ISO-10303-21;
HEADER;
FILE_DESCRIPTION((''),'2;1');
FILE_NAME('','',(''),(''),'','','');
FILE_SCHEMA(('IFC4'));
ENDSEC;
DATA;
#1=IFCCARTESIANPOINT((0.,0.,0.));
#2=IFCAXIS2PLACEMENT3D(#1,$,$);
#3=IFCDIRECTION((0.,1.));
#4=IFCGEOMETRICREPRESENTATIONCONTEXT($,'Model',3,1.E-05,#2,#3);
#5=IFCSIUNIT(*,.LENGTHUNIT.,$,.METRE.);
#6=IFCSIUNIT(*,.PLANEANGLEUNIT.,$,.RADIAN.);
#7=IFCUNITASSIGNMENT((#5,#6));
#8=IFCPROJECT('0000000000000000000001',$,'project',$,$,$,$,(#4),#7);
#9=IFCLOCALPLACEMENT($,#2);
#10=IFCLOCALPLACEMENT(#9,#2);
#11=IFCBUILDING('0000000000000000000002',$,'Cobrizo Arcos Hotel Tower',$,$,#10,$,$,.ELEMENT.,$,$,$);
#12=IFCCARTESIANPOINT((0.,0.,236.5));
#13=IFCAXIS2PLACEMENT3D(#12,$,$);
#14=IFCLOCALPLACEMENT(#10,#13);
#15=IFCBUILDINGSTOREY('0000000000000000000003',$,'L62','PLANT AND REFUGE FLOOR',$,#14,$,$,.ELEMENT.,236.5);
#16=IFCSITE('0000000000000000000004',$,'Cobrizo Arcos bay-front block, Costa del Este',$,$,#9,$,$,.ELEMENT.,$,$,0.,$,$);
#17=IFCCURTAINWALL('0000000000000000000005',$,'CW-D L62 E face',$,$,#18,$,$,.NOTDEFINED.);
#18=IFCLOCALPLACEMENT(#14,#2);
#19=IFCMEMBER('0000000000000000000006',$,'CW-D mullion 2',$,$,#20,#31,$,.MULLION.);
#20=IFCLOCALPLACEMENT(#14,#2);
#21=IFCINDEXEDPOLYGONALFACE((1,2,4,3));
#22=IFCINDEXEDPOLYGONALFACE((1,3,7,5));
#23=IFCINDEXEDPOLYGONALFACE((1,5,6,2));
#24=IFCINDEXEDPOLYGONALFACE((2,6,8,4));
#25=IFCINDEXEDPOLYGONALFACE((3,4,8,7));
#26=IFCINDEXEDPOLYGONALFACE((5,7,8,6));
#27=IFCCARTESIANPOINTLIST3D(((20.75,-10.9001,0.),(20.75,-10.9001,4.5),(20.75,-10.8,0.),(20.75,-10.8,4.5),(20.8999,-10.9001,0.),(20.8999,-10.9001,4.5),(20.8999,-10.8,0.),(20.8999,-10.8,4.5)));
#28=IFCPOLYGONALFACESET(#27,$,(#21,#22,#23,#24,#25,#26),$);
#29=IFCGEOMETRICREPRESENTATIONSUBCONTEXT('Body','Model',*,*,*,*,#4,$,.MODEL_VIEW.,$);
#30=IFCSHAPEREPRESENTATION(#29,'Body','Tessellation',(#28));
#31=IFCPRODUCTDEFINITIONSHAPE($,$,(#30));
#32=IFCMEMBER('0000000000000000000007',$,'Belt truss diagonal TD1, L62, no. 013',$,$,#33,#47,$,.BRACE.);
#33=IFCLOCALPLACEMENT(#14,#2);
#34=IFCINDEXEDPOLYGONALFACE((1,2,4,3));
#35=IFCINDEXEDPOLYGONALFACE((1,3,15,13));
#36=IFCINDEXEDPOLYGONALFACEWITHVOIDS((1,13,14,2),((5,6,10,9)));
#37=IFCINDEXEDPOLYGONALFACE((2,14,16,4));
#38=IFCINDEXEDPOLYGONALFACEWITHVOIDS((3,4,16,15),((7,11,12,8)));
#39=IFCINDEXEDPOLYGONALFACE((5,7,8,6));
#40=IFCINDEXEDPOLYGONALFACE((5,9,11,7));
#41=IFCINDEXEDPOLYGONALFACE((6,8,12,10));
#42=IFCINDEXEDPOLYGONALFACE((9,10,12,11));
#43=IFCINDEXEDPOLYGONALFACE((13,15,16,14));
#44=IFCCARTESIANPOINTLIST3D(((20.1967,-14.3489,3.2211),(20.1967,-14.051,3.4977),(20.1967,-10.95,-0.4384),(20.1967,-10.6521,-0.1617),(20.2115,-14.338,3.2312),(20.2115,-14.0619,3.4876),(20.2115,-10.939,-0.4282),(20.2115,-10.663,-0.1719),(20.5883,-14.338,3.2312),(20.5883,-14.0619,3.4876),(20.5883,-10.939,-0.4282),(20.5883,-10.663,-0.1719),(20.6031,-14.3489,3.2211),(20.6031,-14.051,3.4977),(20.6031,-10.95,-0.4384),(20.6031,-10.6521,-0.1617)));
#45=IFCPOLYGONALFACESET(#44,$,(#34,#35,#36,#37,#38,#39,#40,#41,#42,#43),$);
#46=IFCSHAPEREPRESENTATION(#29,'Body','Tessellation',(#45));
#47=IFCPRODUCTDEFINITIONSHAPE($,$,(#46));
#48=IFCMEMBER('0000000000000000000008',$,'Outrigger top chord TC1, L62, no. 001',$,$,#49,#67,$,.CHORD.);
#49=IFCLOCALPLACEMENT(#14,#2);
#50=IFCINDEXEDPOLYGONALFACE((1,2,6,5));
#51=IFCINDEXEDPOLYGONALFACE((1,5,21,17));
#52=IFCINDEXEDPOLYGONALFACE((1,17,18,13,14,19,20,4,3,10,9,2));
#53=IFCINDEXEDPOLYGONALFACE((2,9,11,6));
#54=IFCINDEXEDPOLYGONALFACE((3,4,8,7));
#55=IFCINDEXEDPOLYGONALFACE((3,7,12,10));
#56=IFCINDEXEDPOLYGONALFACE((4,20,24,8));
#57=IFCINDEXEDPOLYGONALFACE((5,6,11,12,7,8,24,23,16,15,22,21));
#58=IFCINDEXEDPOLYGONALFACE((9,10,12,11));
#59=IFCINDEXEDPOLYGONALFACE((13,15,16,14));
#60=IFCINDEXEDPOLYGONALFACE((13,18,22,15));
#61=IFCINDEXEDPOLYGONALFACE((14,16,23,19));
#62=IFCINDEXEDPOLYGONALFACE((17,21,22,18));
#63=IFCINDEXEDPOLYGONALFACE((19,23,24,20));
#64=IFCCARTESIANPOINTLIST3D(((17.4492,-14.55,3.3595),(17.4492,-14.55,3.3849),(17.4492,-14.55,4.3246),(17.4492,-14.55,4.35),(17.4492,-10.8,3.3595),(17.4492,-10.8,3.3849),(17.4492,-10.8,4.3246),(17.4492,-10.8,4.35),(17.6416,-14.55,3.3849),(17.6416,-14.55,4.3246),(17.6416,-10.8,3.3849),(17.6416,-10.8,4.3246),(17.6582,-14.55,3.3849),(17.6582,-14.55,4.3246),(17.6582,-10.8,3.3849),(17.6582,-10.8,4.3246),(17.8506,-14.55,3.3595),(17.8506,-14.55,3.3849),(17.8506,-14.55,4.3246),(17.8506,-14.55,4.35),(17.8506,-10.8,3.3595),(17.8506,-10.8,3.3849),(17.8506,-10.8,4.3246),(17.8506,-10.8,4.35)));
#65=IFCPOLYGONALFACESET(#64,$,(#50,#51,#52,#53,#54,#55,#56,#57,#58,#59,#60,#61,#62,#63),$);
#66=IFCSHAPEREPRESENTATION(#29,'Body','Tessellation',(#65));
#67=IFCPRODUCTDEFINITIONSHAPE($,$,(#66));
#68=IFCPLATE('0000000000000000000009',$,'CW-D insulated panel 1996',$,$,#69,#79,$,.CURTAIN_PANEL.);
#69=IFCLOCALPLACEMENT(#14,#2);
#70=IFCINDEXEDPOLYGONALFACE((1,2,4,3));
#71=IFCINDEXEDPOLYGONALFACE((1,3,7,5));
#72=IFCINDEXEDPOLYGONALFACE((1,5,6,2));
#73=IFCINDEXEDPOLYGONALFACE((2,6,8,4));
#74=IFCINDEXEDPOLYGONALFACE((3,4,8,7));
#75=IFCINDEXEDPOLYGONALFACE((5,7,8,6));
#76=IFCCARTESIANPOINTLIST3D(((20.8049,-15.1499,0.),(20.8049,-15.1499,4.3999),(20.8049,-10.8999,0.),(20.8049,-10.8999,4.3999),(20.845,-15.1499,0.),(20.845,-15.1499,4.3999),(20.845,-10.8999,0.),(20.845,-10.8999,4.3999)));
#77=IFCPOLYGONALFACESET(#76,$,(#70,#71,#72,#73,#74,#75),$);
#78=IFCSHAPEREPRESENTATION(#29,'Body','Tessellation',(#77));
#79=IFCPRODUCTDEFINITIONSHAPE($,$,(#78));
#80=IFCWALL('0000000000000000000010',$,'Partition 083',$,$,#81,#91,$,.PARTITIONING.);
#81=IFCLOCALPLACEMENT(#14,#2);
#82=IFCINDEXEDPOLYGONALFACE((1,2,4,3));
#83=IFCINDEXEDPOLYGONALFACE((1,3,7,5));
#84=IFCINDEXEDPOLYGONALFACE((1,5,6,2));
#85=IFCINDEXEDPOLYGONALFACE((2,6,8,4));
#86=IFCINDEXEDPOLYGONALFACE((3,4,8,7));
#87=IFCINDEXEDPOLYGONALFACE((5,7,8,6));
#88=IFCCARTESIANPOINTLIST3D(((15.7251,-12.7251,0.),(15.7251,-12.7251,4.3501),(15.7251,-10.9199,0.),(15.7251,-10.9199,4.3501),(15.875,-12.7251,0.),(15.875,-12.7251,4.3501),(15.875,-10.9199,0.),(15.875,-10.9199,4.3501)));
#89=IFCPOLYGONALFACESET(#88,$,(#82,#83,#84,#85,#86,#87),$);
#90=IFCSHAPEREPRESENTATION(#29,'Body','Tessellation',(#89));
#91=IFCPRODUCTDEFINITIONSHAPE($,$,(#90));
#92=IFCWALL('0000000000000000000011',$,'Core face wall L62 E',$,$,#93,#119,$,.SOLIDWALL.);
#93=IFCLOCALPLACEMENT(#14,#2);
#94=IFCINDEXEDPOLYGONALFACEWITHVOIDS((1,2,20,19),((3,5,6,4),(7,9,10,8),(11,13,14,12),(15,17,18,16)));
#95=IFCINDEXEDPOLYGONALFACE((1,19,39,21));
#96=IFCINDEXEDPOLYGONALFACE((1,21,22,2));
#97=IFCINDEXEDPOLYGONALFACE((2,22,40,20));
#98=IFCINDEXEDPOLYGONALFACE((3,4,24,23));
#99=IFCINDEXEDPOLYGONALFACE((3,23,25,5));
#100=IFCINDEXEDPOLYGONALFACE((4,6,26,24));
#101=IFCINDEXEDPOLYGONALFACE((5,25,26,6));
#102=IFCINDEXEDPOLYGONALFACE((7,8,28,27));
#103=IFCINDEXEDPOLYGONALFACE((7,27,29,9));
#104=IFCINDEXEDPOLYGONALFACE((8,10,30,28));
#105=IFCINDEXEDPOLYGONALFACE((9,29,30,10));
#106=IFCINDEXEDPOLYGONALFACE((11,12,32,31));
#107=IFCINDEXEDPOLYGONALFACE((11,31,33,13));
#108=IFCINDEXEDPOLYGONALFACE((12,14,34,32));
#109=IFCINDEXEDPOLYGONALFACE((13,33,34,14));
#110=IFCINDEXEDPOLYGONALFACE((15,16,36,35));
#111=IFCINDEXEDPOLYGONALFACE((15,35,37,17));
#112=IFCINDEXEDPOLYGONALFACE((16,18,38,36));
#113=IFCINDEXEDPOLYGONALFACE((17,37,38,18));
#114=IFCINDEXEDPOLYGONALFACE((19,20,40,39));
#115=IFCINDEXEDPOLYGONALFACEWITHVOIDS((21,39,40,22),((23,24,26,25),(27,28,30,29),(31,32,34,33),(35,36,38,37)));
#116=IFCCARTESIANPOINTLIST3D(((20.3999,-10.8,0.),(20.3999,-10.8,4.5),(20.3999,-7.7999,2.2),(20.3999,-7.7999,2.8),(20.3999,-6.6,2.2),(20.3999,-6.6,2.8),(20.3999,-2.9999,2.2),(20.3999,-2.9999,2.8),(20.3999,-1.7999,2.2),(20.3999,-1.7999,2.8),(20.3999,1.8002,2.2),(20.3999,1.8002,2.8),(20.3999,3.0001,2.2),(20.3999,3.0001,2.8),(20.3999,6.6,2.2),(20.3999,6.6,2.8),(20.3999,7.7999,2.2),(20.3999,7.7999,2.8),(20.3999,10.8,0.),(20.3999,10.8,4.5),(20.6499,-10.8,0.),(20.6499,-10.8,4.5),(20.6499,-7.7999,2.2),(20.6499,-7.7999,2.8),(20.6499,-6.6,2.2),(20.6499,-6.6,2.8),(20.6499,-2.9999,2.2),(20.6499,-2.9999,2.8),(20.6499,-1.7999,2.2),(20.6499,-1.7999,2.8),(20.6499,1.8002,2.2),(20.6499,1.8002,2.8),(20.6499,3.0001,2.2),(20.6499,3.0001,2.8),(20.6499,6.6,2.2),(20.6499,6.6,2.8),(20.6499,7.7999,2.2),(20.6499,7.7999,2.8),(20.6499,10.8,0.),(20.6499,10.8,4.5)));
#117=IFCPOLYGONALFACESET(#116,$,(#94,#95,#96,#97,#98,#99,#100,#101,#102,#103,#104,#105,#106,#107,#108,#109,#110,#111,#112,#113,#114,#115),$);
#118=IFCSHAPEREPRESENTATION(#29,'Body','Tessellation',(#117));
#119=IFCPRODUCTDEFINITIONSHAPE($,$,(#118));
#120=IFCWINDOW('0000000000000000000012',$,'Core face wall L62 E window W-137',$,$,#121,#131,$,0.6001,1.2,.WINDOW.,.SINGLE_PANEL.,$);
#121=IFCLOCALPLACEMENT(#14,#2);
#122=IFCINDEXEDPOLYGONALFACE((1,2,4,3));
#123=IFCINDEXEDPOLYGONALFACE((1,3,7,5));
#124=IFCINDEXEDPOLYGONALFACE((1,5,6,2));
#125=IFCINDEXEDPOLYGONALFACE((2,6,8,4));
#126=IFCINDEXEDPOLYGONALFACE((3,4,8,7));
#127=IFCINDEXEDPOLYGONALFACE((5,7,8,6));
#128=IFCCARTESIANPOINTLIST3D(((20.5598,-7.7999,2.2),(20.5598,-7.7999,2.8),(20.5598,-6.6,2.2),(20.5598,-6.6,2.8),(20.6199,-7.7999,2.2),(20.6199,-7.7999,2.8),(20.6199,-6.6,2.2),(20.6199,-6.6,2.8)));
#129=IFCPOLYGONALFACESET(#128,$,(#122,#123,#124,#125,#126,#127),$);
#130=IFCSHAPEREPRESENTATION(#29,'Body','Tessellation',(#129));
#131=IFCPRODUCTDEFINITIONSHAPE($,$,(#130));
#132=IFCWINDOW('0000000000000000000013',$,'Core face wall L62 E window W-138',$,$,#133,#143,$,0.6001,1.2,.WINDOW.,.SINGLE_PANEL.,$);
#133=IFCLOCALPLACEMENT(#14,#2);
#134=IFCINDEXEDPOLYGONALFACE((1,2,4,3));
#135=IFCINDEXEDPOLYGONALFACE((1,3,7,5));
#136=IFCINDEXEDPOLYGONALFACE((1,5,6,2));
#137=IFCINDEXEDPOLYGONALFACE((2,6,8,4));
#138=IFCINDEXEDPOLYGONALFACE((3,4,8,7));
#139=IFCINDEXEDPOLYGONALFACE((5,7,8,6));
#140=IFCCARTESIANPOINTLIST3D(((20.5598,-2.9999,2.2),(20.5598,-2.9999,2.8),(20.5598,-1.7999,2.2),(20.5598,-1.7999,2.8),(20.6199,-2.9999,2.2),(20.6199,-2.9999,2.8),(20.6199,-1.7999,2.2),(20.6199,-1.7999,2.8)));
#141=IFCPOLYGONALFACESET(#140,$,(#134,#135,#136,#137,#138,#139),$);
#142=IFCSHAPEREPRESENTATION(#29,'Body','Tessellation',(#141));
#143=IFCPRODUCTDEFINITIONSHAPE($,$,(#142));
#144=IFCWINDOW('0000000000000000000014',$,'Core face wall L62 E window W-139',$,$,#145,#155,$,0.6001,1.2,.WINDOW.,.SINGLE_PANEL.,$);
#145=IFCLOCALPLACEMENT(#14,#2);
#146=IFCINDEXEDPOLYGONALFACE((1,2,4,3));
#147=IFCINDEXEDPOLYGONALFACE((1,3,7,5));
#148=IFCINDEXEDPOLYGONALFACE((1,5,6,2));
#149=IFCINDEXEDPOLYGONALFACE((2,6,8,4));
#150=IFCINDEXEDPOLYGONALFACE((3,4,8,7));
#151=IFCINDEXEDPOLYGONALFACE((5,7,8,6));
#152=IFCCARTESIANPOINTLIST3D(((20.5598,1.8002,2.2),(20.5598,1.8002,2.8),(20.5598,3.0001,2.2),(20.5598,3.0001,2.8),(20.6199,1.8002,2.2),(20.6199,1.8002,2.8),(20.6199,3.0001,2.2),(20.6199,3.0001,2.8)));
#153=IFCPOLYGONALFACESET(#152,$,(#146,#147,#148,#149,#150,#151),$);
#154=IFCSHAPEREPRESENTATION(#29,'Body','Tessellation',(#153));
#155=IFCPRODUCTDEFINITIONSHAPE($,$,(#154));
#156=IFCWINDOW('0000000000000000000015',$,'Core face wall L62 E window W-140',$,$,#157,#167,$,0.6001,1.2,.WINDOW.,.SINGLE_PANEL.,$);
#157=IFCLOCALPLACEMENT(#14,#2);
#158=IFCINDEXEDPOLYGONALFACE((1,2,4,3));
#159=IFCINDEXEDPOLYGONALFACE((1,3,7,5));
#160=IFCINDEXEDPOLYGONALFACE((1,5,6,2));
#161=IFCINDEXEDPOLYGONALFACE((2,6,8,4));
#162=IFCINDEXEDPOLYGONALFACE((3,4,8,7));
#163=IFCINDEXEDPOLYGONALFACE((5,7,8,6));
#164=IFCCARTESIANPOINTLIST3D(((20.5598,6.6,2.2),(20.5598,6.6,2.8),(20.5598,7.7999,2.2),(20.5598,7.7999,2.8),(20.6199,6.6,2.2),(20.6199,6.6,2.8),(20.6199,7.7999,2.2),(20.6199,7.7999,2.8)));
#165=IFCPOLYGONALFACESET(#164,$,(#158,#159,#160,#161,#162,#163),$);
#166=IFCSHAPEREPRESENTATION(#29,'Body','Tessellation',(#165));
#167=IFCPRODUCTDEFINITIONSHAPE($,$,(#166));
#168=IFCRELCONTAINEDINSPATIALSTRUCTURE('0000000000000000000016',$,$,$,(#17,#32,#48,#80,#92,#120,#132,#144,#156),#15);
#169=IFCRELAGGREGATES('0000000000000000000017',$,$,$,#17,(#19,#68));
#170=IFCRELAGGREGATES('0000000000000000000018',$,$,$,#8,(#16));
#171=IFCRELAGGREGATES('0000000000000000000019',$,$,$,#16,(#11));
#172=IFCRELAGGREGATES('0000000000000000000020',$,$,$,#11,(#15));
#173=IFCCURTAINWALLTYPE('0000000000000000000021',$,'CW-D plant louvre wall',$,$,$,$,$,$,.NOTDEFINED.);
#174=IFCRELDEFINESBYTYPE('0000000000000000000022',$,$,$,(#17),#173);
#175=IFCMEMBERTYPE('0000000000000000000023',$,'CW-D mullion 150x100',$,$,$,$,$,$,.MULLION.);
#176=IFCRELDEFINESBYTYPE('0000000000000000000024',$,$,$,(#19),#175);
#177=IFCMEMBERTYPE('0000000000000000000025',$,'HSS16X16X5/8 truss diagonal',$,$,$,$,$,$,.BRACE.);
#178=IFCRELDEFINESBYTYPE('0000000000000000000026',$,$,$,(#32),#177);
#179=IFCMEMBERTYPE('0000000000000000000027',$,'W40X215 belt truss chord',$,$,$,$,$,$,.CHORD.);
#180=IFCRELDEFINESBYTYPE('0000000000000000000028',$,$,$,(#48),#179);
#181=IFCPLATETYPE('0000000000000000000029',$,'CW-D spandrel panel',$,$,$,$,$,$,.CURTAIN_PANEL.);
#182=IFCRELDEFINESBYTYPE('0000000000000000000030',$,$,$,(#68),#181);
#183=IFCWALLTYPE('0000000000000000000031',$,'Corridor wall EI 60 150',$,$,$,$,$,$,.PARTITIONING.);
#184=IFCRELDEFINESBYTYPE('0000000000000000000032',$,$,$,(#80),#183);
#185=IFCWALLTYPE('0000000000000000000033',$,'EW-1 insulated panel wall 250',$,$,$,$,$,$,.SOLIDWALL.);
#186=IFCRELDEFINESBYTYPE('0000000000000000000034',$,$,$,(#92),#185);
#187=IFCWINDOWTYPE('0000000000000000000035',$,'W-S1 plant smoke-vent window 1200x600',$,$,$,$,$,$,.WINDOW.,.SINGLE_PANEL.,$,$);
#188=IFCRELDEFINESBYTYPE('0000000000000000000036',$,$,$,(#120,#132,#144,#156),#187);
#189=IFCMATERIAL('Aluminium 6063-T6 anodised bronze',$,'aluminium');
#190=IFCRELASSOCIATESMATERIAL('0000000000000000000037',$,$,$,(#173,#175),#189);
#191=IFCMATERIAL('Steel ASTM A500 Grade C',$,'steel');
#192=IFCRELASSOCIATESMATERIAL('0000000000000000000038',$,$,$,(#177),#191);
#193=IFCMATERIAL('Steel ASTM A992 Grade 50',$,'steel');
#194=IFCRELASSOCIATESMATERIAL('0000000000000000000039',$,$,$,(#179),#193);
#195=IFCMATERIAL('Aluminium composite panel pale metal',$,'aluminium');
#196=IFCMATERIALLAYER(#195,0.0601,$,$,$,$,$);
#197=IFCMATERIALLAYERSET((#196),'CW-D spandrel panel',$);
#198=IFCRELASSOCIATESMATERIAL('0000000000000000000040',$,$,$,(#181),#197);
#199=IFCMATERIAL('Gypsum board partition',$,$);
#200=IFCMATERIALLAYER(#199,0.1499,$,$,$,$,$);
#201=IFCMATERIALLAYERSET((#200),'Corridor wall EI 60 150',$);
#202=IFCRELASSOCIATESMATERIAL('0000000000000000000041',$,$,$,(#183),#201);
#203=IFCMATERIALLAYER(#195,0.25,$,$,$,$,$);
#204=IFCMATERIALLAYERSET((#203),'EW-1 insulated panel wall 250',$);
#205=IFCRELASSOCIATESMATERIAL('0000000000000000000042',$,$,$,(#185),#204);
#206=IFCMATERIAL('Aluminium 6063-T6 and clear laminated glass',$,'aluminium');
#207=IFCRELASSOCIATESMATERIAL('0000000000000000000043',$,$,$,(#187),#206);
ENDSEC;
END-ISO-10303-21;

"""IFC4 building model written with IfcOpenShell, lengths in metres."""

from ifc_helpers import new_model, si_unit, direction, frame, frame_2d, origin, origin_2d, place, context, subcontext, project, spatial, rectangle, hollow_rectangle, i_section, extrude, material, layer, layer_set, material_profile, profile_set, type_object, element, fill, aggregate, save


model = new_model("IFC4")

# Units and contexts
model_context = context("Model", 3, precision=1e-05, world=origin(), true_north=direction((0.0, 1.0)))
body_context = subcontext(model_context, "Body", "Model", "MODEL_VIEW")
ifc_project = project(units=[si_unit("LENGTHUNIT", "METRE"), si_unit("PLANEANGLEUNIT", "RADIAN")], contexts=[model_context])

# Site, building, storey
site_placement = place(None, origin())
site = spatial("IfcSite", under=ifc_project, at=site_placement, Name="Cobrizo Arcos bay-front block, Costa del Este", CompositionType="ELEMENT", RefElevation=0.0)
building_placement = place(site_placement, origin())
building = spatial("IfcBuilding", under=site, at=building_placement, Name="Cobrizo Arcos Hotel Tower", CompositionType="ELEMENT")
storey_placement = place(building_placement, frame((0.0, 0.0, 236.5)))
storey = spatial("IfcBuildingStorey", under=building, at=storey_placement, Name="L62", Description="PLANT AND REFUGE FLOOR", CompositionType="ELEMENT", Elevation=236.5)

# Curtain wall, member
ifc_material_1 = material(Name="Aluminium 6063-T6 anodised bronze", Category="aluminium")
curtain_wall_type = type_object("IfcCurtainWallType", Name="CW-D plant louvre wall", PredefinedType="NOTDEFINED", material=ifc_material_1)
curtain_wall_placement = place(storey_placement, origin())
curtain_wall = element("IfcCurtainWall", 1, at=curtain_wall_placement, inside=storey, type_object=curtain_wall_type, Name="CW-D L62 E face", PredefinedType="NOTDEFINED")
ifc_material_profile_1 = material_profile(ifc_material_1, rectangle(XDim=0.1499, YDim=0.1001, at=origin_2d()), Name="CW-D mullion 150x100")
ifc_profile_set_1 = profile_set([ifc_material_profile_1], Name="Aluminium 6063-T6 anodised bronze")
member_type_1 = type_object("IfcMemberType", Name="CW-D mullion 150x100", PredefinedType="MULLION", material=ifc_profile_set_1)
member_1_placement = place(storey_placement, frame((20.825, -10.8501, 0.0), z_axis=(0.0, 0.0, 1.0), x_axis=(1.0, 0.0, 0.0)))
member_1 = element("IfcMember", 2, at=member_1_placement, type_object=member_type_1, Name="CW-D mullion 2", PredefinedType="MULLION", context=body_context, shape_type="SweptSolid", body=[
    extrude(rectangle(XDim=0.1499, YDim=0.1001, at=origin_2d()), origin(), (0.0, 0.0, 1.0), 4.5),
])

# Members
ifc_material_2 = material(Name="Steel ASTM A500 Grade C", Category="steel")
ifc_material_profile_2 = material_profile(ifc_material_2, hollow_rectangle(XDim=0.4065, YDim=0.4065, WallThickness=0.0149, at=origin_2d()), Name="HSS16X16X5/8")
ifc_profile_set_2 = profile_set([ifc_material_profile_2], Name="Steel ASTM A500 Grade C")
member_type_2 = type_object("IfcMemberType", Name="HSS16X16X5/8 truss diagonal", PredefinedType="BRACE", material=ifc_profile_set_2)
member_2_placement = place(storey_placement, frame((20.3999, -14.2, 3.3594), z_axis=(0.0, 0.680547, -0.732705), x_axis=(-1.0, 0.0, 0.0)))
element("IfcMember", 3, at=member_2_placement, inside=storey, type_object=member_type_2, Name="Belt truss diagonal TD1, L62, no. 013", PredefinedType="BRACE", context=body_context, shape_type="SweptSolid", body=[
    extrude(hollow_rectangle(XDim=0.4065, YDim=0.4065, WallThickness=0.0149, at=origin_2d()), origin(), (0.0, 0.0, 1.0), 4.9944),
])
ifc_material_3 = material(Name="Steel ASTM A992 Grade 50", Category="steel")
ifc_material_profile_3 = material_profile(ifc_material_3, i_section(OverallWidth=0.4014, OverallDepth=0.9905, WebThickness=0.0166, FlangeThickness=0.0254, at=origin_2d()), Name="W40X215")
ifc_profile_set_3 = profile_set([ifc_material_profile_3], Name="Steel ASTM A992 Grade 50")
member_type_3 = type_object("IfcMemberType", Name="W40X215 belt truss chord", PredefinedType="CHORD", material=ifc_profile_set_3)
member_3_placement = place(storey_placement, frame((17.6499, -10.8, 3.8547), z_axis=(0.0, -1.0, 0.0), x_axis=(1.0, 0.0, 0.0)))
element("IfcMember", 4, at=member_3_placement, inside=storey, type_object=member_type_3, Name="Outrigger top chord TC1, L62, no. 001", PredefinedType="CHORD", context=body_context, shape_type="SweptSolid", body=[
    extrude(i_section(OverallWidth=0.4014, OverallDepth=0.9905, WebThickness=0.0166, FlangeThickness=0.0254, at=origin_2d()), origin(), (0.0, 0.0, 1.0), 3.75),
])

# Plate
ifc_material_4 = material(Name="Aluminium composite panel pale metal", Category="aluminium")
ifc_layer_1 = layer(ifc_material_4, 0.0601)
ifc_layer_set_1 = layer_set([ifc_layer_1], Name="CW-D spandrel panel")
plate_type = type_object("IfcPlateType", Name="CW-D spandrel panel", PredefinedType="CURTAIN_PANEL", material=ifc_layer_set_1)
plate_placement = place(storey_placement, frame((20.825, -13.0249, 0.0), z_axis=(0.0, 0.0, 1.0), x_axis=(0.0, 1.0, 0.0)))
plate = element("IfcPlate", 5, at=plate_placement, type_object=plate_type, Name="CW-D insulated panel 1996", PredefinedType="CURTAIN_PANEL", context=body_context, shape_type="SweptSolid", body=[
    extrude(rectangle(XDim=4.25, YDim=0.04, at=origin_2d()), origin(), (0.0, 0.0, 1.0), 4.3999),
])
aggregate(curtain_wall, [member_1, plate])

# Wall
ifc_material_5 = material(Name="Gypsum board partition")
ifc_layer_2 = layer(ifc_material_5, 0.1499)
ifc_layer_set_2 = layer_set([ifc_layer_2], Name="Corridor wall EI 60 150")
wall_type_1 = type_object("IfcWallType", Name="Corridor wall EI 60 150", PredefinedType="PARTITIONING", material=ifc_layer_set_2)
wall_1_placement = place(storey_placement, frame((15.8, -12.7251, 0.0), z_axis=(0.0, 0.0, 1.0), x_axis=(0.0, 1.0, 0.0)))
element("IfcWall", 6, at=wall_1_placement, inside=storey, type_object=wall_type_1, Name="Partition 083", PredefinedType="PARTITIONING", context=body_context, shape_type="SweptSolid", body=[
    extrude(rectangle(XDim=1.8052, YDim=0.1499, at=frame_2d((0.9026, 0.0))), origin(), (0.0, 0.0, 1.0), 4.3501),
])

# Wall, openings, windows
ifc_layer_3 = layer(ifc_material_4, 0.25)
ifc_layer_set_3 = layer_set([ifc_layer_3], Name="EW-1 insulated panel wall 250")
wall_type_2 = type_object("IfcWallType", Name="EW-1 insulated panel wall 250", PredefinedType="SOLIDWALL", material=ifc_layer_set_3)
wall_2_placement = place(storey_placement, frame((20.5249, -10.8, 0.0), z_axis=(0.0, 0.0, 1.0), x_axis=(0.0, 1.0, 0.0)))
wall_2 = element("IfcWall", 7, at=wall_2_placement, inside=storey, type_object=wall_type_2, Name="Core face wall L62 E", PredefinedType="SOLIDWALL", context=body_context, shape_type="SweptSolid", body=[
    extrude(rectangle(XDim=21.6001, YDim=0.25, at=frame_2d((10.8, 0.0))), origin(), (0.0, 0.0, 1.0), 4.5),
])
opening_1_placement = place(wall_2_placement, frame((3.0, 0.0, 2.2)))
opening_1 = element("IfcOpeningElement", 8, at=opening_1_placement, cuts=wall_2, PredefinedType="OPENING", context=body_context, shape_type="SweptSolid", body=[
    extrude(rectangle(XDim=1.2, YDim=0.6001, at=frame_2d((0.6001, 0.3))), frame((0.0, 0.137, 0.0), z_axis=(0.0, -1.0, 0.0), x_axis=(1.0, 0.0, 0.0)), (0.0, 0.0, 1.0), 0.2739),
])
opening_2_placement = place(wall_2_placement, frame((7.8, 0.0, 2.2)))
opening_2 = element("IfcOpeningElement", 9, at=opening_2_placement, cuts=wall_2, PredefinedType="OPENING", context=body_context, shape_type="SweptSolid", body=[
    extrude(rectangle(XDim=1.2, YDim=0.6001, at=frame_2d((0.6001, 0.3))), frame((0.0, 0.137, 0.0), z_axis=(0.0, -1.0, 0.0), x_axis=(1.0, 0.0, 0.0)), (0.0, 0.0, 1.0), 0.2739),
])
opening_3_placement = place(wall_2_placement, frame((12.6001, 0.0, 2.2)))
opening_3 = element("IfcOpeningElement", 10, at=opening_3_placement, cuts=wall_2, PredefinedType="OPENING", context=body_context, shape_type="SweptSolid", body=[
    extrude(rectangle(XDim=1.2, YDim=0.6001, at=frame_2d((0.6001, 0.3))), frame((0.0, 0.137, 0.0), z_axis=(0.0, -1.0, 0.0), x_axis=(1.0, 0.0, 0.0)), (0.0, 0.0, 1.0), 0.2739),
])
opening_4_placement = place(wall_2_placement, frame((17.3999, 0.0, 2.2)))
opening_4 = element("IfcOpeningElement", 11, at=opening_4_placement, cuts=wall_2, PredefinedType="OPENING", context=body_context, shape_type="SweptSolid", body=[
    extrude(rectangle(XDim=1.2, YDim=0.6001, at=frame_2d((0.6001, 0.3))), frame((0.0, 0.137, 0.0), z_axis=(0.0, -1.0, 0.0), x_axis=(1.0, 0.0, 0.0)), (0.0, 0.0, 1.0), 0.2739),
])
ifc_material_6 = material(Name="Aluminium 6063-T6 and clear laminated glass", Category="aluminium")
window_type = type_object("IfcWindowType", Name="W-S1 plant smoke-vent window 1200x600", PartitioningType="SINGLE_PANEL", PredefinedType="WINDOW", material=ifc_material_6)
window_1_placement = place(opening_1_placement, origin())
window_1 = element("IfcWindow", 12, at=window_1_placement, inside=storey, type_object=window_type, Name="Core face wall L62 E window W-137", OverallHeight=0.6001, OverallWidth=1.2, PartitioningType="SINGLE_PANEL", PredefinedType="WINDOW", context=body_context, shape_type="SweptSolid", body=[
    extrude(rectangle(XDim=1.2, YDim=0.6001, at=frame_2d((0.6001, 0.3))), frame((0.0, -0.0349, 0.0), z_axis=(0.0, -1.0, 0.0), x_axis=(1.0, 0.0, 0.0)), (0.0, 0.0, 1.0), 0.0601),
])
fill(opening_1, window_1)
window_2_placement = place(opening_2_placement, origin())
window_2 = element("IfcWindow", 13, at=window_2_placement, inside=storey, type_object=window_type, Name="Core face wall L62 E window W-138", OverallHeight=0.6001, OverallWidth=1.2, PartitioningType="SINGLE_PANEL", PredefinedType="WINDOW", context=body_context, shape_type="SweptSolid", body=[
    extrude(rectangle(XDim=1.2, YDim=0.6001, at=frame_2d((0.6001, 0.3))), frame((0.0, -0.0349, 0.0), z_axis=(0.0, -1.0, 0.0), x_axis=(1.0, 0.0, 0.0)), (0.0, 0.0, 1.0), 0.0601),
])
fill(opening_2, window_2)
window_3_placement = place(opening_3_placement, origin())
window_3 = element("IfcWindow", 14, at=window_3_placement, inside=storey, type_object=window_type, Name="Core face wall L62 E window W-139", OverallHeight=0.6001, OverallWidth=1.2, PartitioningType="SINGLE_PANEL", PredefinedType="WINDOW", context=body_context, shape_type="SweptSolid", body=[
    extrude(rectangle(XDim=1.2, YDim=0.6001, at=frame_2d((0.6001, 0.3))), frame((0.0, -0.0349, 0.0), z_axis=(0.0, -1.0, 0.0), x_axis=(1.0, 0.0, 0.0)), (0.0, 0.0, 1.0), 0.0601),
])
fill(opening_3, window_3)
window_4_placement = place(opening_4_placement, origin())
window_4 = element("IfcWindow", 15, at=window_4_placement, inside=storey, type_object=window_type, Name="Core face wall L62 E window W-140", OverallHeight=0.6001, OverallWidth=1.2, PartitioningType="SINGLE_PANEL", PredefinedType="WINDOW", context=body_context, shape_type="SweptSolid", body=[
    extrude(rectangle(XDim=1.2, YDim=0.6001, at=frame_2d((0.6001, 0.3))), frame((0.0, -0.0349, 0.0), z_axis=(0.0, -1.0, 0.0), x_axis=(1.0, 0.0, 0.0)), (0.0, 0.0, 1.0), 0.0601),
])
fill(opening_4, window_4)

save(model, "model.ifc")
